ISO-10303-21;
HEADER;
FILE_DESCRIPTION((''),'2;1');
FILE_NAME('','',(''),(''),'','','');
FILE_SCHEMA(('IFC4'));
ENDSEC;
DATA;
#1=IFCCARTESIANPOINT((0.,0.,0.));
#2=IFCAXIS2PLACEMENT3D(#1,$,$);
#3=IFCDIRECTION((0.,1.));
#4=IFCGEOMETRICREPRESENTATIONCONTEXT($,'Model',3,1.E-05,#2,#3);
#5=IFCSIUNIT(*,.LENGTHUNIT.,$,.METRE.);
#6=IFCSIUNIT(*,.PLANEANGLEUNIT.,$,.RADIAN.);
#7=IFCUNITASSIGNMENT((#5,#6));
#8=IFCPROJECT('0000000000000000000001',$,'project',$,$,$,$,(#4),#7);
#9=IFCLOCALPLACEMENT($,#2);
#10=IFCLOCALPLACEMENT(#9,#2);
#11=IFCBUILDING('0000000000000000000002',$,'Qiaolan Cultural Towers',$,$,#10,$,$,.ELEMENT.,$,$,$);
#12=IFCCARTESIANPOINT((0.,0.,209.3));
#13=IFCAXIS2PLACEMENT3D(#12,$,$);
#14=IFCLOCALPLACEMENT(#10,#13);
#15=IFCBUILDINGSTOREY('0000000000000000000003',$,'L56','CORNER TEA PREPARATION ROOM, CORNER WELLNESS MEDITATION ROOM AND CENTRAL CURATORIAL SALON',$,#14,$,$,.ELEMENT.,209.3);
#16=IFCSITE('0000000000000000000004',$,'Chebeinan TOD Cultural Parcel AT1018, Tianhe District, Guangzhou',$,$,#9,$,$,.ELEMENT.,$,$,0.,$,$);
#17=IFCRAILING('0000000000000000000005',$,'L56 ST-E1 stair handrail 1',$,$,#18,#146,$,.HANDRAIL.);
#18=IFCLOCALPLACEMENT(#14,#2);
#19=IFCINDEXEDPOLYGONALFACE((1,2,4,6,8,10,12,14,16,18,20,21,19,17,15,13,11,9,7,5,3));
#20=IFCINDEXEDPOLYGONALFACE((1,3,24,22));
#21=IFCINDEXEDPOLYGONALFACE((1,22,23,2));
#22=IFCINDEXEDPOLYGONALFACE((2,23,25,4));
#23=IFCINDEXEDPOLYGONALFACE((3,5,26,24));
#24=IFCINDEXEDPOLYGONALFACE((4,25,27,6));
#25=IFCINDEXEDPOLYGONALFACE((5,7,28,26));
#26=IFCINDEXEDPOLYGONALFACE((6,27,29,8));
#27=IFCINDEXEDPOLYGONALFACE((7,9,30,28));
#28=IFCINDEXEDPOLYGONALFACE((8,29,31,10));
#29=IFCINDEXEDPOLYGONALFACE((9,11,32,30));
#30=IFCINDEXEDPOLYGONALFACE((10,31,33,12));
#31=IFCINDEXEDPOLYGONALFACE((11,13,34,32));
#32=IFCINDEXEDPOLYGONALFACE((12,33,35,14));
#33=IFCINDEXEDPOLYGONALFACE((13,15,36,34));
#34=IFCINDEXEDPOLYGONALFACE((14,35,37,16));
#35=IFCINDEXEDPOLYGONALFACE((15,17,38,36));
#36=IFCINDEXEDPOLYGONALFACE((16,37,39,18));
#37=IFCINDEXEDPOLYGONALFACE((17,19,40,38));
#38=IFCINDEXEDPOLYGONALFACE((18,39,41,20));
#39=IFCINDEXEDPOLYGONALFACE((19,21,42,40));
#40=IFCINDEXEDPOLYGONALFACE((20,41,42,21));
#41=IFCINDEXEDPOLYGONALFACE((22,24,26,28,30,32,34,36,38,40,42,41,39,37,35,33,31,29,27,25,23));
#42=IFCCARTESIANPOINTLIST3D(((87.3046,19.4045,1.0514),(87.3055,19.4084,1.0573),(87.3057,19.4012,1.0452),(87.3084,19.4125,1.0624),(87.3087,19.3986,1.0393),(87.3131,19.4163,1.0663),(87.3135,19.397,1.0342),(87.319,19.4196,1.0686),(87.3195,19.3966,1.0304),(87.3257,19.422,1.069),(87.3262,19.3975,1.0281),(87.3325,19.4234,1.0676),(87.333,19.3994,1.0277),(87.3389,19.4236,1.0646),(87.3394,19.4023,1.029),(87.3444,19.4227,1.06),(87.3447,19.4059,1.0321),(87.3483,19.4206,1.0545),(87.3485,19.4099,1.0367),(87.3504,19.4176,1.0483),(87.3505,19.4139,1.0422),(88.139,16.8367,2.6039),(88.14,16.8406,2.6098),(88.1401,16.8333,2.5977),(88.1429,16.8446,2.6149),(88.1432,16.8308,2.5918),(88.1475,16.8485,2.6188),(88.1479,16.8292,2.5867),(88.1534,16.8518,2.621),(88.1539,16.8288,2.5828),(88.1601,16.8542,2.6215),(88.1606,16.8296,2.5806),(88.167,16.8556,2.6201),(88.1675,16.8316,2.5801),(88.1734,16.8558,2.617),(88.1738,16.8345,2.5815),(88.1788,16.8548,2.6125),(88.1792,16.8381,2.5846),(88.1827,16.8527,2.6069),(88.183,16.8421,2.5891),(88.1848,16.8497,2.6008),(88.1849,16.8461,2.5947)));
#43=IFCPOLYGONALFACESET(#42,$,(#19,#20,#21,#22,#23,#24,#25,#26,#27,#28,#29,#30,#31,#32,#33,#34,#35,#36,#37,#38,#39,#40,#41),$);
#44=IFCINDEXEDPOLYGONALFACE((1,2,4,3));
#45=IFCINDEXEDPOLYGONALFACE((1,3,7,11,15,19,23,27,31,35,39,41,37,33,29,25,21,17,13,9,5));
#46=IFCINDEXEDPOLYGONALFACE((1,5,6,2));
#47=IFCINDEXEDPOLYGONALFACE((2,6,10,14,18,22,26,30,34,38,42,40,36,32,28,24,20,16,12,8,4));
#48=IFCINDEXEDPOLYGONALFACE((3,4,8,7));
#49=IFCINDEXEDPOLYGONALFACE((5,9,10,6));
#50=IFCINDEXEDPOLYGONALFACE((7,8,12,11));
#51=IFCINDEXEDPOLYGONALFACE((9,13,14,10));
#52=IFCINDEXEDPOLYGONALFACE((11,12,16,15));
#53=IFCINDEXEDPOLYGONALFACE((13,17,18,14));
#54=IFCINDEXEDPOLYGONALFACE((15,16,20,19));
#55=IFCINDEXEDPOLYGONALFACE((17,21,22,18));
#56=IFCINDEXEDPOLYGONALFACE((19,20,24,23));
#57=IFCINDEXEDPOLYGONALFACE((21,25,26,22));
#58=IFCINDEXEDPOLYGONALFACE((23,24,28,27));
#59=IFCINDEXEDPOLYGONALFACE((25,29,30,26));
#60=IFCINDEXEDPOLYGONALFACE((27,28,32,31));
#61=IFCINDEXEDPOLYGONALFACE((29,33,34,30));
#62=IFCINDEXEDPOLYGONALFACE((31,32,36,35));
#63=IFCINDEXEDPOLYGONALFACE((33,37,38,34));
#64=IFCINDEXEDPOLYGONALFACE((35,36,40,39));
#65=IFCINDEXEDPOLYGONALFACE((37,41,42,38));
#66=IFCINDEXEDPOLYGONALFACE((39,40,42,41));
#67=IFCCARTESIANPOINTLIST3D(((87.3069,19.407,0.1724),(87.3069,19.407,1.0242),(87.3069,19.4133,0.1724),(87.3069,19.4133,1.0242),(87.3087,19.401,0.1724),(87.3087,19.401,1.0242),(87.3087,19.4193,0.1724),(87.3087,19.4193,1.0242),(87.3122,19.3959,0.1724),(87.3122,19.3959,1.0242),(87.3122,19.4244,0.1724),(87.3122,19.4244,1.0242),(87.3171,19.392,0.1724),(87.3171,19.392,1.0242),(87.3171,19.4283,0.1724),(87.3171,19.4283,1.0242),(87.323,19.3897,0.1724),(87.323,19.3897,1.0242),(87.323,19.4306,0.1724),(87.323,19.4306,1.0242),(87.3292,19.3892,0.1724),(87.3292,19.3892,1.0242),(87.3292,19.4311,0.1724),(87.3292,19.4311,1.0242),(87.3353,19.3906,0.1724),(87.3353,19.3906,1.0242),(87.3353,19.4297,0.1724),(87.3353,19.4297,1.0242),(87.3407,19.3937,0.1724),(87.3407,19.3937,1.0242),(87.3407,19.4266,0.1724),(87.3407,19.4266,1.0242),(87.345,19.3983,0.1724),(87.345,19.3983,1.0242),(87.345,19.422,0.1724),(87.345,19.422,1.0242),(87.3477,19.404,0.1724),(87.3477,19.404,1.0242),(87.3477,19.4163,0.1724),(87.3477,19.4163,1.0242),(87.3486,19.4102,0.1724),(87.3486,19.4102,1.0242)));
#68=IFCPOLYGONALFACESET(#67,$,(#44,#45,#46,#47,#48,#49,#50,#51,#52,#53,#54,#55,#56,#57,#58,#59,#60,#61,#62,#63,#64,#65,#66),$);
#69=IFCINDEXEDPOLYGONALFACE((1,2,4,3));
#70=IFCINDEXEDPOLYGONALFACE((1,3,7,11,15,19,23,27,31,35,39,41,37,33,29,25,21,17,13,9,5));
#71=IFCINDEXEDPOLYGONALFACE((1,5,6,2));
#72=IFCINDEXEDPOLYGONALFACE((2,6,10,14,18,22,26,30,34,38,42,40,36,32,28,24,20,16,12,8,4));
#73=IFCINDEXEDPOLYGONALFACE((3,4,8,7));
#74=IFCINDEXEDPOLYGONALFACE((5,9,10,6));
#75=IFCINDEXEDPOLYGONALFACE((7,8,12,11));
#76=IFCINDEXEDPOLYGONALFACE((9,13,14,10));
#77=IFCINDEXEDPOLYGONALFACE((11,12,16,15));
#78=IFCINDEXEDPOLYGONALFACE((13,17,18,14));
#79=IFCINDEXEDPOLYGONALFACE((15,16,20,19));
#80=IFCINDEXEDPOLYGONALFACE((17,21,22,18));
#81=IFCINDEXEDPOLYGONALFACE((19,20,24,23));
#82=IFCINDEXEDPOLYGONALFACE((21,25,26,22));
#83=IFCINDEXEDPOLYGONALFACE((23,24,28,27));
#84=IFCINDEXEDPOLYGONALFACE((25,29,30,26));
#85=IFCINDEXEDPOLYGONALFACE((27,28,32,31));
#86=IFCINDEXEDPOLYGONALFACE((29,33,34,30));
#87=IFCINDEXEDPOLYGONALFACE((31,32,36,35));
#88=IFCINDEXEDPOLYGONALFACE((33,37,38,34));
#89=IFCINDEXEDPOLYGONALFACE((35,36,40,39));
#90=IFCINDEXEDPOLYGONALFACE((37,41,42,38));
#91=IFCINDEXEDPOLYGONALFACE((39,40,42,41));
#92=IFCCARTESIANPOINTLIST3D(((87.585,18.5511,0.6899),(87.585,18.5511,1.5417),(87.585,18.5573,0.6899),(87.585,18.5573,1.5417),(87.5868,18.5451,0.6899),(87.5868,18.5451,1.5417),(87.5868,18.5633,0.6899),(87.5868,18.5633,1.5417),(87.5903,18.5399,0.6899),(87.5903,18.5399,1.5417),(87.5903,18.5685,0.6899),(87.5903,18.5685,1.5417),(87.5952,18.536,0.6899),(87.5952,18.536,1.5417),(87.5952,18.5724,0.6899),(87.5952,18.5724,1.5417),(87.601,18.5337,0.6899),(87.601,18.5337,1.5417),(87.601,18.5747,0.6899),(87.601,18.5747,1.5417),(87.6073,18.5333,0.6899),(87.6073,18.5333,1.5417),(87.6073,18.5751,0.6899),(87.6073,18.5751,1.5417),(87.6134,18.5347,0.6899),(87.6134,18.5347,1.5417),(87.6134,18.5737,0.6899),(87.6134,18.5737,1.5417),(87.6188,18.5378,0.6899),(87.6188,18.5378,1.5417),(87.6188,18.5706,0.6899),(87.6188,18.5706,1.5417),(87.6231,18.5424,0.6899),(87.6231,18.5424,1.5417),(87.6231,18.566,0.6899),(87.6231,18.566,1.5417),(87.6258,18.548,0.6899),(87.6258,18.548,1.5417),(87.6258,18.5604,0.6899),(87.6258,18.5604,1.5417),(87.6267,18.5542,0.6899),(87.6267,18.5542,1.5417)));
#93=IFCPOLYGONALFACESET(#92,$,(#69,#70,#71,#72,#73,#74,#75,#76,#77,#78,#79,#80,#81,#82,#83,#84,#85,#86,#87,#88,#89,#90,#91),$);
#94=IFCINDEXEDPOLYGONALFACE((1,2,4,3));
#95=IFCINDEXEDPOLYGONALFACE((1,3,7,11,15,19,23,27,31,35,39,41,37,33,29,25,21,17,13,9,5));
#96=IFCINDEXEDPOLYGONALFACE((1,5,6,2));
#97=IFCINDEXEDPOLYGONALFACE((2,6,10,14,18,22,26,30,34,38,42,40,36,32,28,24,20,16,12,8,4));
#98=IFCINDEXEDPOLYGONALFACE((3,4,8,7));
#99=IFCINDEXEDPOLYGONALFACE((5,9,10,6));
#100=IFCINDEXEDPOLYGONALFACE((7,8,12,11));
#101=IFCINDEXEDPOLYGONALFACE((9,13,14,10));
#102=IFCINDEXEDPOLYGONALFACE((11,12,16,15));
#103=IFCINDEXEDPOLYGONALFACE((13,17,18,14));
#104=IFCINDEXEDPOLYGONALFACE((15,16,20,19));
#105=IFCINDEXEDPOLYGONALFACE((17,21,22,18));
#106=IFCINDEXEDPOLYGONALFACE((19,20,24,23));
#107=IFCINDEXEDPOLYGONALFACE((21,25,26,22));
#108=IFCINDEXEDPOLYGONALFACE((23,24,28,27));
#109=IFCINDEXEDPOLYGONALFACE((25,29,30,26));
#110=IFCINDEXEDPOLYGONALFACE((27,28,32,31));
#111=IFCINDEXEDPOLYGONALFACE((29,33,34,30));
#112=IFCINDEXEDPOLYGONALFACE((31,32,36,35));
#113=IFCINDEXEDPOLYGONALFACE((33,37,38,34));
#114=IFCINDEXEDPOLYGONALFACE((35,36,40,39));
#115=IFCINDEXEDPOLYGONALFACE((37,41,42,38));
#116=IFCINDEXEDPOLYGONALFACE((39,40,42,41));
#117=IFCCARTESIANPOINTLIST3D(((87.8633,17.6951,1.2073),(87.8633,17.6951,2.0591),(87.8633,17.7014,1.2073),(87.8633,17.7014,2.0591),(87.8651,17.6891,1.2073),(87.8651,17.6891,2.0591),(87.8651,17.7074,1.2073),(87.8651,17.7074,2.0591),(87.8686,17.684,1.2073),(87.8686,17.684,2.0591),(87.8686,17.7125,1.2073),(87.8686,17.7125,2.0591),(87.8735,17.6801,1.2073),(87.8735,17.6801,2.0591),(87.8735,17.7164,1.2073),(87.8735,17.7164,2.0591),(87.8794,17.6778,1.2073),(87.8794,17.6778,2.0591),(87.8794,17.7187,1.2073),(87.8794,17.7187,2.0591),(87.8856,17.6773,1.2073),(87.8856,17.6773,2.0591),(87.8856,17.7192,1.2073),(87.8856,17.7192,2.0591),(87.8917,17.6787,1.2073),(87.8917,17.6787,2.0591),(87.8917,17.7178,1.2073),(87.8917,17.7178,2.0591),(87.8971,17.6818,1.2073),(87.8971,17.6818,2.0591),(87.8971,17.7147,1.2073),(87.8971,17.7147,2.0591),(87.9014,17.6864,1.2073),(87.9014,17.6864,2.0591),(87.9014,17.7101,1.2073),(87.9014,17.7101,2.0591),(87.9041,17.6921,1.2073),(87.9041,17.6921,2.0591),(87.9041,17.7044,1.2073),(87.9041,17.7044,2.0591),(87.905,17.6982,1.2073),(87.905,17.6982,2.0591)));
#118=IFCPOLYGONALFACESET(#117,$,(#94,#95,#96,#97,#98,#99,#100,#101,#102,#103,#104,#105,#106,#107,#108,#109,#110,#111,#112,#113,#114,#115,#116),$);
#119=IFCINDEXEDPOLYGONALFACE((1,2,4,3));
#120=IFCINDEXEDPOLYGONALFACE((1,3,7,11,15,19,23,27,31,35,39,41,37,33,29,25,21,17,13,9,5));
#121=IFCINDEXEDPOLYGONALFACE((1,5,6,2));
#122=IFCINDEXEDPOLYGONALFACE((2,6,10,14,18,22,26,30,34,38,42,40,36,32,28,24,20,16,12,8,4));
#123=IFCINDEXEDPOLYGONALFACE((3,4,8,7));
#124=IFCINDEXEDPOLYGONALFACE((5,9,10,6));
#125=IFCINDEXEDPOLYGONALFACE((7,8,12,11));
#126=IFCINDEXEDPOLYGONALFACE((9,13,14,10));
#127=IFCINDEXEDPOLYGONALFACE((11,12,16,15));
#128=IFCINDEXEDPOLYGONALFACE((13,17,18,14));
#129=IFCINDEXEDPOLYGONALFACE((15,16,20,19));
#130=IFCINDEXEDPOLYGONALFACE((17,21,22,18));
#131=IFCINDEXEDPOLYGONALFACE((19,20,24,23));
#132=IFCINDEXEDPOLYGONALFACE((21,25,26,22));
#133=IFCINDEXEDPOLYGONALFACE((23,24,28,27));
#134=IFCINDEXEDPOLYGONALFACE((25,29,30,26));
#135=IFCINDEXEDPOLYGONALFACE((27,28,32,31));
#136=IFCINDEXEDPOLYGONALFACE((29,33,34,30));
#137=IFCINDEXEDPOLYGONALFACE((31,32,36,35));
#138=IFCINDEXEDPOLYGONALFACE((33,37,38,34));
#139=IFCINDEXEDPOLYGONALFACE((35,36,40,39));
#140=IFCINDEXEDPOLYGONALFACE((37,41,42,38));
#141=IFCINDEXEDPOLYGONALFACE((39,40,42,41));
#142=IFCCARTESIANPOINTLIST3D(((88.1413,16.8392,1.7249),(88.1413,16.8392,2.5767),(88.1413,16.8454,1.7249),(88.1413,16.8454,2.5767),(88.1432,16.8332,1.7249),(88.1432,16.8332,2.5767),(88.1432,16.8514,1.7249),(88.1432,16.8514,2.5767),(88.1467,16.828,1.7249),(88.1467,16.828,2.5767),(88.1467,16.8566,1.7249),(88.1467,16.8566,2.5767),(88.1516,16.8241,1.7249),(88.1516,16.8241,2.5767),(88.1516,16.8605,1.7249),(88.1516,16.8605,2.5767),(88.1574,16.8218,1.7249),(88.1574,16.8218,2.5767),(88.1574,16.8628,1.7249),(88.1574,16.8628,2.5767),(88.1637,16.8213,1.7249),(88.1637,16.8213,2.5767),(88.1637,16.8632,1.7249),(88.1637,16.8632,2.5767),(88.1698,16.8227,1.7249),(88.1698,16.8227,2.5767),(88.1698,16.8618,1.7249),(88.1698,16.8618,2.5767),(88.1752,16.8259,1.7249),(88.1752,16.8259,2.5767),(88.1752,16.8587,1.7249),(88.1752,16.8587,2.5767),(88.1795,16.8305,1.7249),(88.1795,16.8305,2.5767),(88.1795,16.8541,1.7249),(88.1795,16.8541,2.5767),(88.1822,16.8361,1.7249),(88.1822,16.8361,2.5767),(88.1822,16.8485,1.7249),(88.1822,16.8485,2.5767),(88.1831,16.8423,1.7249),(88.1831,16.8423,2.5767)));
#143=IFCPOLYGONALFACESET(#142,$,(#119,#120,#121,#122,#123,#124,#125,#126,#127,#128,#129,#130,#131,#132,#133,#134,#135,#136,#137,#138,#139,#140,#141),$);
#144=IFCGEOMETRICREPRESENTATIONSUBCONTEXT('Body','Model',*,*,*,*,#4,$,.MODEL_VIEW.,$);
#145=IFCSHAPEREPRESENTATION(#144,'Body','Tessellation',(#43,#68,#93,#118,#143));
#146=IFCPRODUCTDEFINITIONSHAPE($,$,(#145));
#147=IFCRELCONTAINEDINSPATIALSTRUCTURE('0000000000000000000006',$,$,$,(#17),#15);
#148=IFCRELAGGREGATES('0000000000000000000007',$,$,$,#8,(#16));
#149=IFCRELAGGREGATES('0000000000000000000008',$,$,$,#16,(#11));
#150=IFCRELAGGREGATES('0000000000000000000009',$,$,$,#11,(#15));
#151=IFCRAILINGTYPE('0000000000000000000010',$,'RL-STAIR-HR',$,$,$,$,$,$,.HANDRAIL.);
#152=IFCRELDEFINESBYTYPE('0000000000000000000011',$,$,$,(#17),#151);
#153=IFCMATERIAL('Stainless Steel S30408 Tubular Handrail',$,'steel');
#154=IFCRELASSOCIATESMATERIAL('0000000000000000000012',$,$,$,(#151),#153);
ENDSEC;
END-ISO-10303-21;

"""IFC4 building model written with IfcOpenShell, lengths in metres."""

from ifc_helpers import new_model, si_unit, direction, frame, origin, origin_2d, place, context, subcontext, project, spatial, circle, extrude, material, type_object, element, save


model = new_model("IFC4")

# Units and contexts
model_context = context("Model", 3, precision=1e-05, world=origin(), true_north=direction((0.0, 1.0)))
body_context = subcontext(model_context, "Body", "Model", "MODEL_VIEW")
ifc_project = project(units=[si_unit("LENGTHUNIT", "METRE"), si_unit("PLANEANGLEUNIT", "RADIAN")], contexts=[model_context])

# Site, building, storey
site_placement = place(None, origin())
site = spatial("IfcSite", under=ifc_project, at=site_placement, Name="Chebeinan TOD Cultural Parcel AT1018, Tianhe District, Guangzhou", CompositionType="ELEMENT", RefElevation=0.0)
building_placement = place(site_placement, origin())
building = spatial("IfcBuilding", under=site, at=building_placement, Name="Qiaolan Cultural Towers", CompositionType="ELEMENT")
storey_placement = place(building_placement, frame((0.0, 0.0, 209.3)))
storey = spatial("IfcBuildingStorey", under=building, at=storey_placement, Name="L56", Description="CORNER TEA PREPARATION ROOM, CORNER WELLNESS MEDITATION ROOM AND CENTRAL CURATORIAL SALON", CompositionType="ELEMENT", Elevation=209.3)

# Railing
ifc_material_1 = material(Name="Stainless Steel S30408 Tubular Handrail", Category="steel")
railing_type_1 = type_object("IfcRailingType", Name="RL-STAIR-HR", PredefinedType="HANDRAIL", material=ifc_material_1)
railing_1_placement = place(storey_placement, frame((87.3276, 19.4102, 0.1724)))
element("IfcRailing", 1, at=railing_1_placement, inside=storey, type_object=railing_type_1, Name="L56 ST-E1 stair handrail 1", PredefinedType="HANDRAIL", context=body_context, shape_type="SweptSolid", body=[
    extrude(circle(Radius=0.0239, at=origin_2d()), frame((0.0, 0.0, 0.876), z_axis=(0.267926, -0.824471, 0.498461), x_axis=(0.951043, 0.309057, 0.0)), (0.0, 0.0, 1.0), 3.1145),
    extrude(circle(Radius=0.021, at=origin_2d()), origin(), (0.0, 0.0, 1.0), 0.8518),
    extrude(circle(Radius=0.021, at=origin_2d()), frame((0.2781, -0.856, 0.5176)), (0.0, 0.0, 1.0), 0.8518),
    extrude(circle(Radius=0.021, at=origin_2d()), frame((0.5564, -1.7119, 1.0349)), (0.0, 0.0, 1.0), 0.8518),
    extrude(circle(Radius=0.021, at=origin_2d()), frame((0.8345, -2.5679, 1.5525)), (0.0, 0.0, 1.0), 0.8518),
])

save(model, "model.ifc")
